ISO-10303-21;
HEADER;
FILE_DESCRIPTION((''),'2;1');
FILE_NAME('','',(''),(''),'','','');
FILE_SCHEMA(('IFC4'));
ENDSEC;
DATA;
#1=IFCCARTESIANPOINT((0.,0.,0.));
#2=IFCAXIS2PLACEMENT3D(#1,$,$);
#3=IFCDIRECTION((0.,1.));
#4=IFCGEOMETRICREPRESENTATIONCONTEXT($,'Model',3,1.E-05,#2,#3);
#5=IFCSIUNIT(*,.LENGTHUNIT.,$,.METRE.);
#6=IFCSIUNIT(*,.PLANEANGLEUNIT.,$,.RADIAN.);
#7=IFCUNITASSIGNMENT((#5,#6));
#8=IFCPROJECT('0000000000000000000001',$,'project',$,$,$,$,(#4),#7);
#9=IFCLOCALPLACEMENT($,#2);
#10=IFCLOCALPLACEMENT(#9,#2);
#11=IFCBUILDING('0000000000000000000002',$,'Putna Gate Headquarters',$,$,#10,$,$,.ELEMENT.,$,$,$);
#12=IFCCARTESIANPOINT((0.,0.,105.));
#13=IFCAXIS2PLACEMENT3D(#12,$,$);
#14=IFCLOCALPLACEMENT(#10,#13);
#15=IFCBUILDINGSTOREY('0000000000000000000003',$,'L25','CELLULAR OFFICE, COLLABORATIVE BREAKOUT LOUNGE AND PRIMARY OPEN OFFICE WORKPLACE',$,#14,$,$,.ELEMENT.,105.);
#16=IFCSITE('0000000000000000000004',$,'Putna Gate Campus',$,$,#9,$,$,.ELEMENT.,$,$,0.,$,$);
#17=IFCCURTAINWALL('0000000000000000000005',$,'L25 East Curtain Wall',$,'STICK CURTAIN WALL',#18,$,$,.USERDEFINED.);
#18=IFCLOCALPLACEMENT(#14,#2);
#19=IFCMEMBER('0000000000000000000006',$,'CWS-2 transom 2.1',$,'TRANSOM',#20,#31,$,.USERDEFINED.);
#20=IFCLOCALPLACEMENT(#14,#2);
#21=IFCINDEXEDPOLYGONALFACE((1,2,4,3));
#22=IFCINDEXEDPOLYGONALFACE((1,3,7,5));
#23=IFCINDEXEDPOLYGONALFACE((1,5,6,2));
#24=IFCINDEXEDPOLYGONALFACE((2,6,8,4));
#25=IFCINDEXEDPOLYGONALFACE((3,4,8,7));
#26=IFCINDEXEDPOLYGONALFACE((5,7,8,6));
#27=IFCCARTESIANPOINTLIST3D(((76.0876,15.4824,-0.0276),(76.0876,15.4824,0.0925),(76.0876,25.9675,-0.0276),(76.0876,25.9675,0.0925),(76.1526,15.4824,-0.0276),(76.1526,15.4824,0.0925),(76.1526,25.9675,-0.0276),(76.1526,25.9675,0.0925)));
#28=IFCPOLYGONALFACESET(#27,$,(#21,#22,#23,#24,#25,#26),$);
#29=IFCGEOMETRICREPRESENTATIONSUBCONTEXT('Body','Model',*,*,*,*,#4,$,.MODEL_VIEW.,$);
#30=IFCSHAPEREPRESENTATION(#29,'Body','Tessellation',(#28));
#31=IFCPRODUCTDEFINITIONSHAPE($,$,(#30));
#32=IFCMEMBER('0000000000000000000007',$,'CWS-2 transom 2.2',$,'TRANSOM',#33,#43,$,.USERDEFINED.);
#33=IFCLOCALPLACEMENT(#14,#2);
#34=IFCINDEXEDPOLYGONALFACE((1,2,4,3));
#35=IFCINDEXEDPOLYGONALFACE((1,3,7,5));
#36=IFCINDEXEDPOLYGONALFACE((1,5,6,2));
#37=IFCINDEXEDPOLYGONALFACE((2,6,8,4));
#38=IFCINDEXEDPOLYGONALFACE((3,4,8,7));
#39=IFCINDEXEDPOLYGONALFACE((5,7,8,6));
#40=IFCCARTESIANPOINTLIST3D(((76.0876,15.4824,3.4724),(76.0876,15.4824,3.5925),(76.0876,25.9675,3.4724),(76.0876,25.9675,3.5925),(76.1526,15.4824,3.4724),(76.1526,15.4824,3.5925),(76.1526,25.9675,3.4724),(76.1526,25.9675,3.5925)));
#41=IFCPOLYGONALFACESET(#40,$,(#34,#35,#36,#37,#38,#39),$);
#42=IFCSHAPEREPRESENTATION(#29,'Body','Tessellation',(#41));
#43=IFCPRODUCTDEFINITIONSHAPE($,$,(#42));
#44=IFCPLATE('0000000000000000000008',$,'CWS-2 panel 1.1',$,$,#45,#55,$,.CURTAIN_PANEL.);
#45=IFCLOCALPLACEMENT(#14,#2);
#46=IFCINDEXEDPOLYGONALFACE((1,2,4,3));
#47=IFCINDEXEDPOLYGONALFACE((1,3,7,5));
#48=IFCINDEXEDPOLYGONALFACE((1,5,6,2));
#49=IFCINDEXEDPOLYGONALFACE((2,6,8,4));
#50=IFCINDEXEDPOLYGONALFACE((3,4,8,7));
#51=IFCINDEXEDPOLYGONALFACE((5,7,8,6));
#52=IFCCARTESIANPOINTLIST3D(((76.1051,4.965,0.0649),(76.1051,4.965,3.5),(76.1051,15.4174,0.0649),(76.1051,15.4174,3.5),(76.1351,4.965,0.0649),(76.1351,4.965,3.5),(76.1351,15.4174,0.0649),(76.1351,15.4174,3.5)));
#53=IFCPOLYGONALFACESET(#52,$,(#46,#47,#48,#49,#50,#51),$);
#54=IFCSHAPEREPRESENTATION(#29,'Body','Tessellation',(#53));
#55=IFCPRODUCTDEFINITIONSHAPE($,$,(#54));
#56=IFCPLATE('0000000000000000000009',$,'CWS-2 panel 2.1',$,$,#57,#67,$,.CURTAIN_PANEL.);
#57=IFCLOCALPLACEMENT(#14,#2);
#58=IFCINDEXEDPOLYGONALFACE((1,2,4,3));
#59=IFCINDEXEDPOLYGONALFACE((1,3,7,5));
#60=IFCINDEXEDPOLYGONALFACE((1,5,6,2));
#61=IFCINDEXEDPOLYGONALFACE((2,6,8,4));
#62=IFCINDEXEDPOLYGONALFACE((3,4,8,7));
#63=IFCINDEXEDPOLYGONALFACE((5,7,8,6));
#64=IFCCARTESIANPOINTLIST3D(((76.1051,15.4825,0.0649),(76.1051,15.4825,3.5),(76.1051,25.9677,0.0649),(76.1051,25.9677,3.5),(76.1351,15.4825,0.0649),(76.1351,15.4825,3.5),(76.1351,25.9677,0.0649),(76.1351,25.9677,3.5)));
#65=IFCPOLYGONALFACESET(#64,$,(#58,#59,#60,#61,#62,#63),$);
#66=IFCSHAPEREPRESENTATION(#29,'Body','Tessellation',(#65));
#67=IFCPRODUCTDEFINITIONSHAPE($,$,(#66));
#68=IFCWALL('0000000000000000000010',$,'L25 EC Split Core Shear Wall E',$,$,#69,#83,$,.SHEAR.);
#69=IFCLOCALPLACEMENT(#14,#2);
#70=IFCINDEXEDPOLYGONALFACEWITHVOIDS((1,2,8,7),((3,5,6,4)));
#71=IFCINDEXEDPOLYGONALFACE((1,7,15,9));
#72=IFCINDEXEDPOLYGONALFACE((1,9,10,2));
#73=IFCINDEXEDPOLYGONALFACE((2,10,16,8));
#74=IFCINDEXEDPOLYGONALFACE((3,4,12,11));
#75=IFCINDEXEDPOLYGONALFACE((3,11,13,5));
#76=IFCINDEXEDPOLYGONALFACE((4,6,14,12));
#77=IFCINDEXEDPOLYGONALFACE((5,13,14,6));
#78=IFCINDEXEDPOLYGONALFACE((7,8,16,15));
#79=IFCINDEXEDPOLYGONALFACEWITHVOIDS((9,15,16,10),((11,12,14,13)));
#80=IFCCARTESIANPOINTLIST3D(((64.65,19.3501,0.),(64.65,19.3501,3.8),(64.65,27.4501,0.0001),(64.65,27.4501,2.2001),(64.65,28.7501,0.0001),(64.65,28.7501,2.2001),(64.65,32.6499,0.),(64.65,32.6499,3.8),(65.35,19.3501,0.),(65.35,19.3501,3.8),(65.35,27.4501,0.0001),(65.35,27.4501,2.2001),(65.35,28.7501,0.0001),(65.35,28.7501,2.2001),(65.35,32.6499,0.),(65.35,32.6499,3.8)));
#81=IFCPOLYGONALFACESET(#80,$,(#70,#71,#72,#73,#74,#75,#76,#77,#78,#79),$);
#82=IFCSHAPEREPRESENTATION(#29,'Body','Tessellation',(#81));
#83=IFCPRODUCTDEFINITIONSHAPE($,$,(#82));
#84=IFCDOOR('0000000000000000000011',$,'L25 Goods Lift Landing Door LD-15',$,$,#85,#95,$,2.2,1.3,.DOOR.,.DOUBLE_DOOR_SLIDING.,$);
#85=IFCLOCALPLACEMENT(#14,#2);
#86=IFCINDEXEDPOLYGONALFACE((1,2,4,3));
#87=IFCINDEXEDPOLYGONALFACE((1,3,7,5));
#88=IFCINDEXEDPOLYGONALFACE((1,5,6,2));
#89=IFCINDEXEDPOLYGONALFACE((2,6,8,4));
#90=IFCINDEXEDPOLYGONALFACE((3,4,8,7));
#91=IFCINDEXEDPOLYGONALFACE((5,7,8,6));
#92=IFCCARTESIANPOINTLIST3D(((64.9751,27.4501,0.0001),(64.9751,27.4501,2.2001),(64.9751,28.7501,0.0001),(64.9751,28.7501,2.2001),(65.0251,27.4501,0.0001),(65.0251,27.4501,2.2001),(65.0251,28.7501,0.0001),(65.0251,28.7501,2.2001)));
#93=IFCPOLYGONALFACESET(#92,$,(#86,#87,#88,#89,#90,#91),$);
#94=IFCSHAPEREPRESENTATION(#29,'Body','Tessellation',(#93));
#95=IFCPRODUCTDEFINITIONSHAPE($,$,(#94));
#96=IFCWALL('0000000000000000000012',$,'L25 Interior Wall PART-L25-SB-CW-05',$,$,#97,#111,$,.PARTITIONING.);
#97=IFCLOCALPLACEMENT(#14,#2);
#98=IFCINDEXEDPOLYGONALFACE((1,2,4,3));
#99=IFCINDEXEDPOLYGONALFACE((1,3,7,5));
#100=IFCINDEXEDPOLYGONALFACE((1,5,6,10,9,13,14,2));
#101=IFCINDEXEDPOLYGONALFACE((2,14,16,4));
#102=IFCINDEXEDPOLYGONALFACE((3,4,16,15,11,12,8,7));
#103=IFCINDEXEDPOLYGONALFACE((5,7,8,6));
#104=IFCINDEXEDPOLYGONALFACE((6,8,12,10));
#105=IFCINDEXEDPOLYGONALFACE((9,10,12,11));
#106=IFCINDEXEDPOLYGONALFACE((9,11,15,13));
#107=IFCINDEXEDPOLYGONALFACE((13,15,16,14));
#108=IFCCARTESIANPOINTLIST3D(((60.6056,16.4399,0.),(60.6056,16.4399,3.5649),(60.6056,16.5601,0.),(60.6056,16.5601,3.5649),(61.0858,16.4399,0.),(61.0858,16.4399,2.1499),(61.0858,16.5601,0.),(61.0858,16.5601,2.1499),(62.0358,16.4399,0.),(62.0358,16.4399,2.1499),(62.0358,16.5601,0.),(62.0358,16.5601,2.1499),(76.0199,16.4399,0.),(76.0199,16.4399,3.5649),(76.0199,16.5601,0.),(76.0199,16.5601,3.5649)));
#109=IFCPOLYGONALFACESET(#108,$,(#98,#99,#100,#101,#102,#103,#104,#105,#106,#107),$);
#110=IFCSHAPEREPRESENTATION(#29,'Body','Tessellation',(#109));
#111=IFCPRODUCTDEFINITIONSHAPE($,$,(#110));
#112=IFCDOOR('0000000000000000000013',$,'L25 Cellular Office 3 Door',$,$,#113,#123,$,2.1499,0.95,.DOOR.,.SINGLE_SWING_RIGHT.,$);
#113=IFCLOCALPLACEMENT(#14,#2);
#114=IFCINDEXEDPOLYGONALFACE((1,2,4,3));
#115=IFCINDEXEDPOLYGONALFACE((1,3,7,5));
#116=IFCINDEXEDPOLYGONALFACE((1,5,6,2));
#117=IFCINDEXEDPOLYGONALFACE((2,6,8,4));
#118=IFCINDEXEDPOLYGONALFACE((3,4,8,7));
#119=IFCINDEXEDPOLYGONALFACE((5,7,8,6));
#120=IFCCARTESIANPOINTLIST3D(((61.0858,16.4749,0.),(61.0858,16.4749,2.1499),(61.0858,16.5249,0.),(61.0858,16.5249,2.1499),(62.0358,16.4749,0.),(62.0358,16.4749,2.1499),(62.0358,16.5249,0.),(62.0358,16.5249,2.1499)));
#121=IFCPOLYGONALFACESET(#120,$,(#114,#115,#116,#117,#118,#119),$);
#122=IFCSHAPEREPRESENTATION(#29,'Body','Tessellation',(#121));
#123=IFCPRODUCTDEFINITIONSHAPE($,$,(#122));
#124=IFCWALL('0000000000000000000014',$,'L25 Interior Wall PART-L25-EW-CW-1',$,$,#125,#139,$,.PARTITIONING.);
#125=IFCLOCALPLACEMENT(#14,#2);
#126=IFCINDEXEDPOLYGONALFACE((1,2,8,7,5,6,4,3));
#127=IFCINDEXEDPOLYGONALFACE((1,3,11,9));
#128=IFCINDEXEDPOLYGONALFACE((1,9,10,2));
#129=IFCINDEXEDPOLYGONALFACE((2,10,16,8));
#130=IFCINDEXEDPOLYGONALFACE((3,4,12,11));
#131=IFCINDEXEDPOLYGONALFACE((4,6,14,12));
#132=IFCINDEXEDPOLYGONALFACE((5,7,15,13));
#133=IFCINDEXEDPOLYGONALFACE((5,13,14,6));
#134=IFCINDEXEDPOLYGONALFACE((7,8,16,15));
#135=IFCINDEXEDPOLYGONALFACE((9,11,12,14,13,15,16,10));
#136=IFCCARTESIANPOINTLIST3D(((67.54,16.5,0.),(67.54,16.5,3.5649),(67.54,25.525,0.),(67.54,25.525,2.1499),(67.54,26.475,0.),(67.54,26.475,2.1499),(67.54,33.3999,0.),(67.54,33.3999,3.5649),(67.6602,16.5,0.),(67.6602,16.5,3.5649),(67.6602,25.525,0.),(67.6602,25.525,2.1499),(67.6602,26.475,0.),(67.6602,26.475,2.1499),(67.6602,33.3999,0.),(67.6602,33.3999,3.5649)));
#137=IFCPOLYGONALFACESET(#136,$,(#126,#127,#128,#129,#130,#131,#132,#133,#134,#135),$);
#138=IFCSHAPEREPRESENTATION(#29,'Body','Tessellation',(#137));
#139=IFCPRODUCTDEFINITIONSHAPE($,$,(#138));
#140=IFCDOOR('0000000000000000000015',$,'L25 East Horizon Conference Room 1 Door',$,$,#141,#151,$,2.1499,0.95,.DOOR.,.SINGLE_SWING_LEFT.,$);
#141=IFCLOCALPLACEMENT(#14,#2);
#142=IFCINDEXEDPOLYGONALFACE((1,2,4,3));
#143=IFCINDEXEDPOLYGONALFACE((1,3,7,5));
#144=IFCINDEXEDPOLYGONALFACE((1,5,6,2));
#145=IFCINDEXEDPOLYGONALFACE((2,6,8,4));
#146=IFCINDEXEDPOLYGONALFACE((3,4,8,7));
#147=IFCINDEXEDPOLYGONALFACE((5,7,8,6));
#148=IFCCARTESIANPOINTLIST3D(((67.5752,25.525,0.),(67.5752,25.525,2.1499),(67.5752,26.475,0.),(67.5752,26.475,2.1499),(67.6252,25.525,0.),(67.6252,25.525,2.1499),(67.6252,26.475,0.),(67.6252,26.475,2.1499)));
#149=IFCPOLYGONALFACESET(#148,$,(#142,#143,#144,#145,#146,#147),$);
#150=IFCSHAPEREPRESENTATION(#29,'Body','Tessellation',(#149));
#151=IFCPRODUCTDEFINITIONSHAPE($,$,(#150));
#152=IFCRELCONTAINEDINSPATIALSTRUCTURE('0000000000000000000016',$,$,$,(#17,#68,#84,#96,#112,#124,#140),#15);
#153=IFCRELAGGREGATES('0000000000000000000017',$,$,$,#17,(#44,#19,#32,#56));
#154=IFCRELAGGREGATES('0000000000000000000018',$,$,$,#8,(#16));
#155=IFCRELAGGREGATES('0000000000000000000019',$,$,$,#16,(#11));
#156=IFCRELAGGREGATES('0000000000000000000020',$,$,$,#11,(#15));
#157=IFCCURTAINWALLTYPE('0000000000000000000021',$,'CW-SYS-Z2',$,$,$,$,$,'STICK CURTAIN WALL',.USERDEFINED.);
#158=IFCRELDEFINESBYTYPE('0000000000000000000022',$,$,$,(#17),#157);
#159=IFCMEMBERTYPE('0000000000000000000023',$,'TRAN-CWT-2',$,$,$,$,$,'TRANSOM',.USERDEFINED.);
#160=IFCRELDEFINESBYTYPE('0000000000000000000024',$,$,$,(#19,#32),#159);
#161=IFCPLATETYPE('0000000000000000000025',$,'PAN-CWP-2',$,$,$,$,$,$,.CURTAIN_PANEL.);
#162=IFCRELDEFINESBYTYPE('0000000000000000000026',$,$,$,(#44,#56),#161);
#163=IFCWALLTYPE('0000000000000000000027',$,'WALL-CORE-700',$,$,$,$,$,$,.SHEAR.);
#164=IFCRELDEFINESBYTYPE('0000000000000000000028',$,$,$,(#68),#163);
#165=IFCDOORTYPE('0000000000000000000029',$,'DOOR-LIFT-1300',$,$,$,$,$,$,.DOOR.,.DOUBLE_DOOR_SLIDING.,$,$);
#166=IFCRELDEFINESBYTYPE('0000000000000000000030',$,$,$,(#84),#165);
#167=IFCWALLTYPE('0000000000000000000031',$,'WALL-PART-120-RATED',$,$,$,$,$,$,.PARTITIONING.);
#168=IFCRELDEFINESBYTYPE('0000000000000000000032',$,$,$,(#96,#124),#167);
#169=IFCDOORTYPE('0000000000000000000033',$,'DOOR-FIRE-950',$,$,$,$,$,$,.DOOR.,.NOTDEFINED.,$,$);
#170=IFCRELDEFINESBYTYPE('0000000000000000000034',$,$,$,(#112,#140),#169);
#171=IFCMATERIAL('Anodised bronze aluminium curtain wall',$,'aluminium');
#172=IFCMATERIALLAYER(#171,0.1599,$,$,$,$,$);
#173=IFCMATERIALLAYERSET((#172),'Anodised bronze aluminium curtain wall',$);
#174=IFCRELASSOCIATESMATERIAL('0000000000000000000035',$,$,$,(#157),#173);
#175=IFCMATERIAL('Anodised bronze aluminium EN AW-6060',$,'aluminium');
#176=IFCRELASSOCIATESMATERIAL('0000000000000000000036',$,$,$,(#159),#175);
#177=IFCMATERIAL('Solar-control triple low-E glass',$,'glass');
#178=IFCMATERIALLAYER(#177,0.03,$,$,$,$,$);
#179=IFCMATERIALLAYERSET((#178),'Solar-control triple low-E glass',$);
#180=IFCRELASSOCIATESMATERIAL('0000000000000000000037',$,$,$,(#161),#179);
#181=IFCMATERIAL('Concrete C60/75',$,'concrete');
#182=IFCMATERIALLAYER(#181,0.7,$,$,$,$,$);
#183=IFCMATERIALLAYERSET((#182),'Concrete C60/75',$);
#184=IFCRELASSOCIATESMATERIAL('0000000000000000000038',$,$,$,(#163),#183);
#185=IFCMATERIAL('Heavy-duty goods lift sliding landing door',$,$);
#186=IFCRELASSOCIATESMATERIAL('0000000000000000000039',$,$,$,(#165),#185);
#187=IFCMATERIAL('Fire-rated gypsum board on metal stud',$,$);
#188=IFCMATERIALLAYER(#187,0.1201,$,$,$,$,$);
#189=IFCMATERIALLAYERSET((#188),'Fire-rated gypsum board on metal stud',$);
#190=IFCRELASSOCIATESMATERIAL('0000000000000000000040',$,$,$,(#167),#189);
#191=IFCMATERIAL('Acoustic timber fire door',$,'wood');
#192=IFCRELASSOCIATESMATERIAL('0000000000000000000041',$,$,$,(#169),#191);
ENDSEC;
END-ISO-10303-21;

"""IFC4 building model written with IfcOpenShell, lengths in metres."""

from ifc_helpers import new_model, si_unit, direction, frame, frame_2d, origin, origin_2d, place, context, subcontext, project, spatial, rectangle, extrude, material, layer, layer_set, material_profile, profile_set, type_object, element, fill, aggregate, save


model = new_model("IFC4")

# Units and contexts
model_context = context("Model", 3, precision=1e-05, world=origin(), true_north=direction((0.0, 1.0)))
body_context = subcontext(model_context, "Body", "Model", "MODEL_VIEW")
ifc_project = project(units=[si_unit("LENGTHUNIT", "METRE"), si_unit("PLANEANGLEUNIT", "RADIAN")], contexts=[model_context])

# Site, building, storey
site_placement = place(None, origin())
site = spatial("IfcSite", under=ifc_project, at=site_placement, Name="Putna Gate Campus", CompositionType="ELEMENT", RefElevation=0.0)
building_placement = place(site_placement, origin())
building = spatial("IfcBuilding", under=site, at=building_placement, Name="Putna Gate Headquarters", CompositionType="ELEMENT")
storey_placement = place(building_placement, frame((0.0, 0.0, 105.0)))
storey = spatial("IfcBuildingStorey", under=building, at=storey_placement, Name="L25", Description="CELLULAR OFFICE, COLLABORATIVE BREAKOUT LOUNGE AND PRIMARY OPEN OFFICE WORKPLACE", CompositionType="ELEMENT", Elevation=105.0)

# Shared definitions
ifc_material_1 = material(Name="Concrete C60/75", Category="concrete")

# Curtain wall, members, plates
ifc_material_2 = material(Name="Anodised bronze aluminium curtain wall", Category="aluminium")
ifc_layer_1 = layer(ifc_material_2, 0.1599)
ifc_layer_set_1 = layer_set([ifc_layer_1], Name="Anodised bronze aluminium curtain wall")
curtain_wall_type = type_object("IfcCurtainWallType", Name="CW-SYS-Z2", ElementType="STICK CURTAIN WALL", PredefinedType="USERDEFINED", material=ifc_layer_set_1)
curtain_wall_placement = place(storey_placement, origin())
curtain_wall = element("IfcCurtainWall", 1, at=curtain_wall_placement, inside=storey, type_object=curtain_wall_type, Name="L25 East Curtain Wall", ObjectType="STICK CURTAIN WALL", PredefinedType="USERDEFINED")
ifc_material_3 = material(Name="Anodised bronze aluminium EN AW-6060", Category="aluminium")
ifc_material_profile_1 = material_profile(ifc_material_3, rectangle(XDim=0.0649, YDim=0.1201, at=origin_2d()), Name="Anodised bronze aluminium EN AW-6060")
ifc_profile_set_1 = profile_set([ifc_material_profile_1], Name="Anodised bronze aluminium EN AW-6060")
member_type_1 = type_object("IfcMemberType", Name="TRAN-CWT-2", ElementType="TRANSOM", PredefinedType="USERDEFINED", material=ifc_profile_set_1)
member_1_placement = place(storey_placement, frame((76.1201, 15.4824, 0.0325), z_axis=(0.0, 1.0, 0.0), x_axis=(-1.0, 0.0, 0.0)))
member_1 = element("IfcMember", 2, at=member_1_placement, type_object=member_type_1, Name="CWS-2 transom 2.1", ObjectType="TRANSOM", PredefinedType="USERDEFINED", context=body_context, shape_type="SweptSolid", body=[
    extrude(rectangle(XDim=0.0649, YDim=0.1201, at=origin_2d()), origin(), (0.0, 0.0, 1.0), 10.4851),
])
member_2_placement = place(storey_placement, frame((76.1201, 15.4824, 3.5325), z_axis=(0.0, 1.0, 0.0), x_axis=(-1.0, 0.0, 0.0)))
member_2 = element("IfcMember", 3, at=member_2_placement, type_object=member_type_1, Name="CWS-2 transom 2.2", ObjectType="TRANSOM", PredefinedType="USERDEFINED", context=body_context, shape_type="SweptSolid", body=[
    extrude(rectangle(XDim=0.0649, YDim=0.1201, at=origin_2d()), origin(), (0.0, 0.0, 1.0), 10.4851),
])
ifc_material_4 = material(Name="Solar-control triple low-E glass", Category="glass")
ifc_layer_2 = layer(ifc_material_4, 0.03)
ifc_layer_set_2 = layer_set([ifc_layer_2], Name="Solar-control triple low-E glass")
plate_type = type_object("IfcPlateType", Name="PAN-CWP-2", PredefinedType="CURTAIN_PANEL", material=ifc_layer_set_2)
plate_1_placement = place(storey_placement, frame((76.1201, 10.1912, 0.0649), z_axis=(0.0, 0.0, 1.0), x_axis=(0.0, 1.0, 0.0)))
plate_1 = element("IfcPlate", 4, at=plate_1_placement, type_object=plate_type, Name="CWS-2 panel 1.1", PredefinedType="CURTAIN_PANEL", context=body_context, shape_type="SweptSolid", body=[
    extrude(rectangle(XDim=10.4524, YDim=0.03, at=origin_2d()), origin(), (0.0, 0.0, 1.0), 3.4351),
])
plate_2_placement = place(storey_placement, frame((76.1201, 20.7251, 0.0649), z_axis=(0.0, 0.0, 1.0), x_axis=(0.0, 1.0, 0.0)))
plate_2 = element("IfcPlate", 5, at=plate_2_placement, type_object=plate_type, Name="CWS-2 panel 2.1", PredefinedType="CURTAIN_PANEL", context=body_context, shape_type="SweptSolid", body=[
    extrude(rectangle(XDim=10.4851, YDim=0.03, at=origin_2d()), origin(), (0.0, 0.0, 1.0), 3.4351),
])
aggregate(curtain_wall, [plate_1, member_1, member_2, plate_2])

# Walls, openings, doors
ifc_layer_3 = layer(ifc_material_1, 0.7)
ifc_layer_set_3 = layer_set([ifc_layer_3], Name="Concrete C60/75")
wall_type_1 = type_object("IfcWallType", Name="WALL-CORE-700", PredefinedType="SHEAR", material=ifc_layer_set_3)
wall_1_placement = place(storey_placement, frame((65.0, 19.3501, 0.0), z_axis=(0.0, 0.0, 1.0), x_axis=(0.0, 1.0, 0.0)))
wall_1 = element("IfcWall", 6, at=wall_1_placement, inside=storey, type_object=wall_type_1, Name="L25 EC Split Core Shear Wall E", PredefinedType="SHEAR", context=body_context, shape_type="SweptSolid", body=[
    extrude(rectangle(XDim=13.2998, YDim=0.7, at=frame_2d((6.6499, 0.0))), origin(), (0.0, 0.0, 1.0), 3.8),
])
opening_1_placement = place(wall_1_placement, frame((8.1001, 0.0, 0.0)))
opening_1 = element("IfcOpeningElement", 7, at=opening_1_placement, cuts=wall_1, PredefinedType="OPENING", context=body_context, shape_type="SweptSolid", body=[
    extrude(rectangle(XDim=1.3, YDim=2.2, at=frame_2d((0.6499, 1.1001))), frame((0.0, 0.3599, 0.0), z_axis=(0.0, -1.0, 0.0), x_axis=(1.0, 0.0, 0.0)), (0.0, 0.0, 1.0), 0.72),
])
ifc_material_5 = material(Name="Heavy-duty goods lift sliding landing door")
door_type_1 = type_object("IfcDoorType", Name="DOOR-LIFT-1300", OperationType="DOUBLE_DOOR_SLIDING", PredefinedType="DOOR", material=ifc_material_5)
door_1_placement = place(opening_1_placement, origin())
door_1 = element("IfcDoor", 8, at=door_1_placement, inside=storey, type_object=door_type_1, Name="L25 Goods Lift Landing Door LD-15", OperationType="DOUBLE_DOOR_SLIDING", OverallHeight=2.2, OverallWidth=1.3, PredefinedType="DOOR", context=body_context, shape_type="SweptSolid", body=[
    extrude(rectangle(XDim=1.3, YDim=2.2, at=frame_2d((0.6499, 1.1001))), frame((0.0, 0.0249, 0.0), z_axis=(0.0, -1.0, 0.0), x_axis=(1.0, 0.0, 0.0)), (0.0, 0.0, 1.0), 0.05),
])
fill(opening_1, door_1)
ifc_material_6 = material(Name="Fire-rated gypsum board on metal stud")
ifc_layer_4 = layer(ifc_material_6, 0.1201)
ifc_layer_set_4 = layer_set([ifc_layer_4], Name="Fire-rated gypsum board on metal stud")
wall_type_2 = type_object("IfcWallType", Name="WALL-PART-120-RATED", PredefinedType="PARTITIONING", material=ifc_layer_set_4)
wall_2_placement = place(storey_placement, frame((60.6057, 16.5, 0.0), z_axis=(0.0, 0.0, 1.0), x_axis=(1.0, 0.0, 0.0)))
wall_2 = element("IfcWall", 9, at=wall_2_placement, inside=storey, type_object=wall_type_2, Name="L25 Interior Wall PART-L25-SB-CW-05", PredefinedType="PARTITIONING", context=body_context, shape_type="SweptSolid", body=[
    extrude(rectangle(XDim=15.4143, YDim=0.1201, at=frame_2d((7.707, 0.0))), origin(), (0.0, 0.0, 1.0), 3.5649),
])
opening_2_placement = place(wall_2_placement, frame((0.48, 0.0, 0.0)))
opening_2 = element("IfcOpeningElement", 10, at=opening_2_placement, cuts=wall_2, PredefinedType="OPENING", context=body_context, shape_type="SweptSolid", body=[
    extrude(rectangle(XDim=0.95, YDim=2.1499, at=frame_2d((0.4751, 1.075))), frame((0.0, 0.0701, 0.0), z_axis=(0.0, -1.0, 0.0), x_axis=(1.0, 0.0, 0.0)), (0.0, 0.0, 1.0), 0.1401),
])
ifc_material_7 = material(Name="Acoustic timber fire door", Category="wood")
door_type_2 = type_object("IfcDoorType", Name="DOOR-FIRE-950", OperationType="NOTDEFINED", PredefinedType="DOOR", material=ifc_material_7)
door_2_placement = place(opening_2_placement, origin())
door_2 = element("IfcDoor", 11, at=door_2_placement, inside=storey, type_object=door_type_2, Name="L25 Cellular Office 3 Door", OperationType="SINGLE_SWING_RIGHT", OverallHeight=2.1499, OverallWidth=0.95, PredefinedType="DOOR", context=body_context, shape_type="SweptSolid", body=[
    extrude(rectangle(XDim=0.95, YDim=2.1499, at=frame_2d((0.4751, 1.075))), frame((0.0, 0.0249, 0.0), z_axis=(0.0, -1.0, 0.0), x_axis=(1.0, 0.0, 0.0)), (0.0, 0.0, 1.0), 0.05),
])
fill(opening_2, door_2)
wall_3_placement = place(storey_placement, frame((67.6001, 16.5, 0.0), z_axis=(0.0, 0.0, 1.0), x_axis=(0.0, 1.0, 0.0)))
wall_3 = element("IfcWall", 12, at=wall_3_placement, inside=storey, type_object=wall_type_2, Name="L25 Interior Wall PART-L25-EW-CW-1", PredefinedType="PARTITIONING", context=body_context, shape_type="SweptSolid", body=[
    extrude(rectangle(XDim=16.8999, YDim=0.1201, at=frame_2d((8.45, 0.0))), origin(), (0.0, 0.0, 1.0), 3.5649),
])
opening_3_placement = place(wall_3_placement, frame((9.0249, 0.0, 0.0)))
opening_3 = element("IfcOpeningElement", 13, at=opening_3_placement, cuts=wall_3, PredefinedType="OPENING", context=body_context, shape_type="SweptSolid", body=[
    extrude(rectangle(XDim=0.95, YDim=2.1499, at=frame_2d((0.4751, 1.075))), frame((0.0, 0.0701, 0.0), z_axis=(0.0, -1.0, 0.0), x_axis=(1.0, 0.0, 0.0)), (0.0, 0.0, 1.0), 0.1401),
])
door_3_placement = place(opening_3_placement, origin())
door_3 = element("IfcDoor", 14, at=door_3_placement, inside=storey, type_object=door_type_2, Name="L25 East Horizon Conference Room 1 Door", OperationType="SINGLE_SWING_LEFT", OverallHeight=2.1499, OverallWidth=0.95, PredefinedType="DOOR", context=body_context, shape_type="SweptSolid", body=[
    extrude(rectangle(XDim=0.95, YDim=2.1499, at=frame_2d((0.4751, 1.075))), frame((0.0, 0.0249, 0.0), z_axis=(0.0, -1.0, 0.0), x_axis=(1.0, 0.0, 0.0)), (0.0, 0.0, 1.0), 0.05),
])
fill(opening_3, door_3)

save(model, "model.ifc")
